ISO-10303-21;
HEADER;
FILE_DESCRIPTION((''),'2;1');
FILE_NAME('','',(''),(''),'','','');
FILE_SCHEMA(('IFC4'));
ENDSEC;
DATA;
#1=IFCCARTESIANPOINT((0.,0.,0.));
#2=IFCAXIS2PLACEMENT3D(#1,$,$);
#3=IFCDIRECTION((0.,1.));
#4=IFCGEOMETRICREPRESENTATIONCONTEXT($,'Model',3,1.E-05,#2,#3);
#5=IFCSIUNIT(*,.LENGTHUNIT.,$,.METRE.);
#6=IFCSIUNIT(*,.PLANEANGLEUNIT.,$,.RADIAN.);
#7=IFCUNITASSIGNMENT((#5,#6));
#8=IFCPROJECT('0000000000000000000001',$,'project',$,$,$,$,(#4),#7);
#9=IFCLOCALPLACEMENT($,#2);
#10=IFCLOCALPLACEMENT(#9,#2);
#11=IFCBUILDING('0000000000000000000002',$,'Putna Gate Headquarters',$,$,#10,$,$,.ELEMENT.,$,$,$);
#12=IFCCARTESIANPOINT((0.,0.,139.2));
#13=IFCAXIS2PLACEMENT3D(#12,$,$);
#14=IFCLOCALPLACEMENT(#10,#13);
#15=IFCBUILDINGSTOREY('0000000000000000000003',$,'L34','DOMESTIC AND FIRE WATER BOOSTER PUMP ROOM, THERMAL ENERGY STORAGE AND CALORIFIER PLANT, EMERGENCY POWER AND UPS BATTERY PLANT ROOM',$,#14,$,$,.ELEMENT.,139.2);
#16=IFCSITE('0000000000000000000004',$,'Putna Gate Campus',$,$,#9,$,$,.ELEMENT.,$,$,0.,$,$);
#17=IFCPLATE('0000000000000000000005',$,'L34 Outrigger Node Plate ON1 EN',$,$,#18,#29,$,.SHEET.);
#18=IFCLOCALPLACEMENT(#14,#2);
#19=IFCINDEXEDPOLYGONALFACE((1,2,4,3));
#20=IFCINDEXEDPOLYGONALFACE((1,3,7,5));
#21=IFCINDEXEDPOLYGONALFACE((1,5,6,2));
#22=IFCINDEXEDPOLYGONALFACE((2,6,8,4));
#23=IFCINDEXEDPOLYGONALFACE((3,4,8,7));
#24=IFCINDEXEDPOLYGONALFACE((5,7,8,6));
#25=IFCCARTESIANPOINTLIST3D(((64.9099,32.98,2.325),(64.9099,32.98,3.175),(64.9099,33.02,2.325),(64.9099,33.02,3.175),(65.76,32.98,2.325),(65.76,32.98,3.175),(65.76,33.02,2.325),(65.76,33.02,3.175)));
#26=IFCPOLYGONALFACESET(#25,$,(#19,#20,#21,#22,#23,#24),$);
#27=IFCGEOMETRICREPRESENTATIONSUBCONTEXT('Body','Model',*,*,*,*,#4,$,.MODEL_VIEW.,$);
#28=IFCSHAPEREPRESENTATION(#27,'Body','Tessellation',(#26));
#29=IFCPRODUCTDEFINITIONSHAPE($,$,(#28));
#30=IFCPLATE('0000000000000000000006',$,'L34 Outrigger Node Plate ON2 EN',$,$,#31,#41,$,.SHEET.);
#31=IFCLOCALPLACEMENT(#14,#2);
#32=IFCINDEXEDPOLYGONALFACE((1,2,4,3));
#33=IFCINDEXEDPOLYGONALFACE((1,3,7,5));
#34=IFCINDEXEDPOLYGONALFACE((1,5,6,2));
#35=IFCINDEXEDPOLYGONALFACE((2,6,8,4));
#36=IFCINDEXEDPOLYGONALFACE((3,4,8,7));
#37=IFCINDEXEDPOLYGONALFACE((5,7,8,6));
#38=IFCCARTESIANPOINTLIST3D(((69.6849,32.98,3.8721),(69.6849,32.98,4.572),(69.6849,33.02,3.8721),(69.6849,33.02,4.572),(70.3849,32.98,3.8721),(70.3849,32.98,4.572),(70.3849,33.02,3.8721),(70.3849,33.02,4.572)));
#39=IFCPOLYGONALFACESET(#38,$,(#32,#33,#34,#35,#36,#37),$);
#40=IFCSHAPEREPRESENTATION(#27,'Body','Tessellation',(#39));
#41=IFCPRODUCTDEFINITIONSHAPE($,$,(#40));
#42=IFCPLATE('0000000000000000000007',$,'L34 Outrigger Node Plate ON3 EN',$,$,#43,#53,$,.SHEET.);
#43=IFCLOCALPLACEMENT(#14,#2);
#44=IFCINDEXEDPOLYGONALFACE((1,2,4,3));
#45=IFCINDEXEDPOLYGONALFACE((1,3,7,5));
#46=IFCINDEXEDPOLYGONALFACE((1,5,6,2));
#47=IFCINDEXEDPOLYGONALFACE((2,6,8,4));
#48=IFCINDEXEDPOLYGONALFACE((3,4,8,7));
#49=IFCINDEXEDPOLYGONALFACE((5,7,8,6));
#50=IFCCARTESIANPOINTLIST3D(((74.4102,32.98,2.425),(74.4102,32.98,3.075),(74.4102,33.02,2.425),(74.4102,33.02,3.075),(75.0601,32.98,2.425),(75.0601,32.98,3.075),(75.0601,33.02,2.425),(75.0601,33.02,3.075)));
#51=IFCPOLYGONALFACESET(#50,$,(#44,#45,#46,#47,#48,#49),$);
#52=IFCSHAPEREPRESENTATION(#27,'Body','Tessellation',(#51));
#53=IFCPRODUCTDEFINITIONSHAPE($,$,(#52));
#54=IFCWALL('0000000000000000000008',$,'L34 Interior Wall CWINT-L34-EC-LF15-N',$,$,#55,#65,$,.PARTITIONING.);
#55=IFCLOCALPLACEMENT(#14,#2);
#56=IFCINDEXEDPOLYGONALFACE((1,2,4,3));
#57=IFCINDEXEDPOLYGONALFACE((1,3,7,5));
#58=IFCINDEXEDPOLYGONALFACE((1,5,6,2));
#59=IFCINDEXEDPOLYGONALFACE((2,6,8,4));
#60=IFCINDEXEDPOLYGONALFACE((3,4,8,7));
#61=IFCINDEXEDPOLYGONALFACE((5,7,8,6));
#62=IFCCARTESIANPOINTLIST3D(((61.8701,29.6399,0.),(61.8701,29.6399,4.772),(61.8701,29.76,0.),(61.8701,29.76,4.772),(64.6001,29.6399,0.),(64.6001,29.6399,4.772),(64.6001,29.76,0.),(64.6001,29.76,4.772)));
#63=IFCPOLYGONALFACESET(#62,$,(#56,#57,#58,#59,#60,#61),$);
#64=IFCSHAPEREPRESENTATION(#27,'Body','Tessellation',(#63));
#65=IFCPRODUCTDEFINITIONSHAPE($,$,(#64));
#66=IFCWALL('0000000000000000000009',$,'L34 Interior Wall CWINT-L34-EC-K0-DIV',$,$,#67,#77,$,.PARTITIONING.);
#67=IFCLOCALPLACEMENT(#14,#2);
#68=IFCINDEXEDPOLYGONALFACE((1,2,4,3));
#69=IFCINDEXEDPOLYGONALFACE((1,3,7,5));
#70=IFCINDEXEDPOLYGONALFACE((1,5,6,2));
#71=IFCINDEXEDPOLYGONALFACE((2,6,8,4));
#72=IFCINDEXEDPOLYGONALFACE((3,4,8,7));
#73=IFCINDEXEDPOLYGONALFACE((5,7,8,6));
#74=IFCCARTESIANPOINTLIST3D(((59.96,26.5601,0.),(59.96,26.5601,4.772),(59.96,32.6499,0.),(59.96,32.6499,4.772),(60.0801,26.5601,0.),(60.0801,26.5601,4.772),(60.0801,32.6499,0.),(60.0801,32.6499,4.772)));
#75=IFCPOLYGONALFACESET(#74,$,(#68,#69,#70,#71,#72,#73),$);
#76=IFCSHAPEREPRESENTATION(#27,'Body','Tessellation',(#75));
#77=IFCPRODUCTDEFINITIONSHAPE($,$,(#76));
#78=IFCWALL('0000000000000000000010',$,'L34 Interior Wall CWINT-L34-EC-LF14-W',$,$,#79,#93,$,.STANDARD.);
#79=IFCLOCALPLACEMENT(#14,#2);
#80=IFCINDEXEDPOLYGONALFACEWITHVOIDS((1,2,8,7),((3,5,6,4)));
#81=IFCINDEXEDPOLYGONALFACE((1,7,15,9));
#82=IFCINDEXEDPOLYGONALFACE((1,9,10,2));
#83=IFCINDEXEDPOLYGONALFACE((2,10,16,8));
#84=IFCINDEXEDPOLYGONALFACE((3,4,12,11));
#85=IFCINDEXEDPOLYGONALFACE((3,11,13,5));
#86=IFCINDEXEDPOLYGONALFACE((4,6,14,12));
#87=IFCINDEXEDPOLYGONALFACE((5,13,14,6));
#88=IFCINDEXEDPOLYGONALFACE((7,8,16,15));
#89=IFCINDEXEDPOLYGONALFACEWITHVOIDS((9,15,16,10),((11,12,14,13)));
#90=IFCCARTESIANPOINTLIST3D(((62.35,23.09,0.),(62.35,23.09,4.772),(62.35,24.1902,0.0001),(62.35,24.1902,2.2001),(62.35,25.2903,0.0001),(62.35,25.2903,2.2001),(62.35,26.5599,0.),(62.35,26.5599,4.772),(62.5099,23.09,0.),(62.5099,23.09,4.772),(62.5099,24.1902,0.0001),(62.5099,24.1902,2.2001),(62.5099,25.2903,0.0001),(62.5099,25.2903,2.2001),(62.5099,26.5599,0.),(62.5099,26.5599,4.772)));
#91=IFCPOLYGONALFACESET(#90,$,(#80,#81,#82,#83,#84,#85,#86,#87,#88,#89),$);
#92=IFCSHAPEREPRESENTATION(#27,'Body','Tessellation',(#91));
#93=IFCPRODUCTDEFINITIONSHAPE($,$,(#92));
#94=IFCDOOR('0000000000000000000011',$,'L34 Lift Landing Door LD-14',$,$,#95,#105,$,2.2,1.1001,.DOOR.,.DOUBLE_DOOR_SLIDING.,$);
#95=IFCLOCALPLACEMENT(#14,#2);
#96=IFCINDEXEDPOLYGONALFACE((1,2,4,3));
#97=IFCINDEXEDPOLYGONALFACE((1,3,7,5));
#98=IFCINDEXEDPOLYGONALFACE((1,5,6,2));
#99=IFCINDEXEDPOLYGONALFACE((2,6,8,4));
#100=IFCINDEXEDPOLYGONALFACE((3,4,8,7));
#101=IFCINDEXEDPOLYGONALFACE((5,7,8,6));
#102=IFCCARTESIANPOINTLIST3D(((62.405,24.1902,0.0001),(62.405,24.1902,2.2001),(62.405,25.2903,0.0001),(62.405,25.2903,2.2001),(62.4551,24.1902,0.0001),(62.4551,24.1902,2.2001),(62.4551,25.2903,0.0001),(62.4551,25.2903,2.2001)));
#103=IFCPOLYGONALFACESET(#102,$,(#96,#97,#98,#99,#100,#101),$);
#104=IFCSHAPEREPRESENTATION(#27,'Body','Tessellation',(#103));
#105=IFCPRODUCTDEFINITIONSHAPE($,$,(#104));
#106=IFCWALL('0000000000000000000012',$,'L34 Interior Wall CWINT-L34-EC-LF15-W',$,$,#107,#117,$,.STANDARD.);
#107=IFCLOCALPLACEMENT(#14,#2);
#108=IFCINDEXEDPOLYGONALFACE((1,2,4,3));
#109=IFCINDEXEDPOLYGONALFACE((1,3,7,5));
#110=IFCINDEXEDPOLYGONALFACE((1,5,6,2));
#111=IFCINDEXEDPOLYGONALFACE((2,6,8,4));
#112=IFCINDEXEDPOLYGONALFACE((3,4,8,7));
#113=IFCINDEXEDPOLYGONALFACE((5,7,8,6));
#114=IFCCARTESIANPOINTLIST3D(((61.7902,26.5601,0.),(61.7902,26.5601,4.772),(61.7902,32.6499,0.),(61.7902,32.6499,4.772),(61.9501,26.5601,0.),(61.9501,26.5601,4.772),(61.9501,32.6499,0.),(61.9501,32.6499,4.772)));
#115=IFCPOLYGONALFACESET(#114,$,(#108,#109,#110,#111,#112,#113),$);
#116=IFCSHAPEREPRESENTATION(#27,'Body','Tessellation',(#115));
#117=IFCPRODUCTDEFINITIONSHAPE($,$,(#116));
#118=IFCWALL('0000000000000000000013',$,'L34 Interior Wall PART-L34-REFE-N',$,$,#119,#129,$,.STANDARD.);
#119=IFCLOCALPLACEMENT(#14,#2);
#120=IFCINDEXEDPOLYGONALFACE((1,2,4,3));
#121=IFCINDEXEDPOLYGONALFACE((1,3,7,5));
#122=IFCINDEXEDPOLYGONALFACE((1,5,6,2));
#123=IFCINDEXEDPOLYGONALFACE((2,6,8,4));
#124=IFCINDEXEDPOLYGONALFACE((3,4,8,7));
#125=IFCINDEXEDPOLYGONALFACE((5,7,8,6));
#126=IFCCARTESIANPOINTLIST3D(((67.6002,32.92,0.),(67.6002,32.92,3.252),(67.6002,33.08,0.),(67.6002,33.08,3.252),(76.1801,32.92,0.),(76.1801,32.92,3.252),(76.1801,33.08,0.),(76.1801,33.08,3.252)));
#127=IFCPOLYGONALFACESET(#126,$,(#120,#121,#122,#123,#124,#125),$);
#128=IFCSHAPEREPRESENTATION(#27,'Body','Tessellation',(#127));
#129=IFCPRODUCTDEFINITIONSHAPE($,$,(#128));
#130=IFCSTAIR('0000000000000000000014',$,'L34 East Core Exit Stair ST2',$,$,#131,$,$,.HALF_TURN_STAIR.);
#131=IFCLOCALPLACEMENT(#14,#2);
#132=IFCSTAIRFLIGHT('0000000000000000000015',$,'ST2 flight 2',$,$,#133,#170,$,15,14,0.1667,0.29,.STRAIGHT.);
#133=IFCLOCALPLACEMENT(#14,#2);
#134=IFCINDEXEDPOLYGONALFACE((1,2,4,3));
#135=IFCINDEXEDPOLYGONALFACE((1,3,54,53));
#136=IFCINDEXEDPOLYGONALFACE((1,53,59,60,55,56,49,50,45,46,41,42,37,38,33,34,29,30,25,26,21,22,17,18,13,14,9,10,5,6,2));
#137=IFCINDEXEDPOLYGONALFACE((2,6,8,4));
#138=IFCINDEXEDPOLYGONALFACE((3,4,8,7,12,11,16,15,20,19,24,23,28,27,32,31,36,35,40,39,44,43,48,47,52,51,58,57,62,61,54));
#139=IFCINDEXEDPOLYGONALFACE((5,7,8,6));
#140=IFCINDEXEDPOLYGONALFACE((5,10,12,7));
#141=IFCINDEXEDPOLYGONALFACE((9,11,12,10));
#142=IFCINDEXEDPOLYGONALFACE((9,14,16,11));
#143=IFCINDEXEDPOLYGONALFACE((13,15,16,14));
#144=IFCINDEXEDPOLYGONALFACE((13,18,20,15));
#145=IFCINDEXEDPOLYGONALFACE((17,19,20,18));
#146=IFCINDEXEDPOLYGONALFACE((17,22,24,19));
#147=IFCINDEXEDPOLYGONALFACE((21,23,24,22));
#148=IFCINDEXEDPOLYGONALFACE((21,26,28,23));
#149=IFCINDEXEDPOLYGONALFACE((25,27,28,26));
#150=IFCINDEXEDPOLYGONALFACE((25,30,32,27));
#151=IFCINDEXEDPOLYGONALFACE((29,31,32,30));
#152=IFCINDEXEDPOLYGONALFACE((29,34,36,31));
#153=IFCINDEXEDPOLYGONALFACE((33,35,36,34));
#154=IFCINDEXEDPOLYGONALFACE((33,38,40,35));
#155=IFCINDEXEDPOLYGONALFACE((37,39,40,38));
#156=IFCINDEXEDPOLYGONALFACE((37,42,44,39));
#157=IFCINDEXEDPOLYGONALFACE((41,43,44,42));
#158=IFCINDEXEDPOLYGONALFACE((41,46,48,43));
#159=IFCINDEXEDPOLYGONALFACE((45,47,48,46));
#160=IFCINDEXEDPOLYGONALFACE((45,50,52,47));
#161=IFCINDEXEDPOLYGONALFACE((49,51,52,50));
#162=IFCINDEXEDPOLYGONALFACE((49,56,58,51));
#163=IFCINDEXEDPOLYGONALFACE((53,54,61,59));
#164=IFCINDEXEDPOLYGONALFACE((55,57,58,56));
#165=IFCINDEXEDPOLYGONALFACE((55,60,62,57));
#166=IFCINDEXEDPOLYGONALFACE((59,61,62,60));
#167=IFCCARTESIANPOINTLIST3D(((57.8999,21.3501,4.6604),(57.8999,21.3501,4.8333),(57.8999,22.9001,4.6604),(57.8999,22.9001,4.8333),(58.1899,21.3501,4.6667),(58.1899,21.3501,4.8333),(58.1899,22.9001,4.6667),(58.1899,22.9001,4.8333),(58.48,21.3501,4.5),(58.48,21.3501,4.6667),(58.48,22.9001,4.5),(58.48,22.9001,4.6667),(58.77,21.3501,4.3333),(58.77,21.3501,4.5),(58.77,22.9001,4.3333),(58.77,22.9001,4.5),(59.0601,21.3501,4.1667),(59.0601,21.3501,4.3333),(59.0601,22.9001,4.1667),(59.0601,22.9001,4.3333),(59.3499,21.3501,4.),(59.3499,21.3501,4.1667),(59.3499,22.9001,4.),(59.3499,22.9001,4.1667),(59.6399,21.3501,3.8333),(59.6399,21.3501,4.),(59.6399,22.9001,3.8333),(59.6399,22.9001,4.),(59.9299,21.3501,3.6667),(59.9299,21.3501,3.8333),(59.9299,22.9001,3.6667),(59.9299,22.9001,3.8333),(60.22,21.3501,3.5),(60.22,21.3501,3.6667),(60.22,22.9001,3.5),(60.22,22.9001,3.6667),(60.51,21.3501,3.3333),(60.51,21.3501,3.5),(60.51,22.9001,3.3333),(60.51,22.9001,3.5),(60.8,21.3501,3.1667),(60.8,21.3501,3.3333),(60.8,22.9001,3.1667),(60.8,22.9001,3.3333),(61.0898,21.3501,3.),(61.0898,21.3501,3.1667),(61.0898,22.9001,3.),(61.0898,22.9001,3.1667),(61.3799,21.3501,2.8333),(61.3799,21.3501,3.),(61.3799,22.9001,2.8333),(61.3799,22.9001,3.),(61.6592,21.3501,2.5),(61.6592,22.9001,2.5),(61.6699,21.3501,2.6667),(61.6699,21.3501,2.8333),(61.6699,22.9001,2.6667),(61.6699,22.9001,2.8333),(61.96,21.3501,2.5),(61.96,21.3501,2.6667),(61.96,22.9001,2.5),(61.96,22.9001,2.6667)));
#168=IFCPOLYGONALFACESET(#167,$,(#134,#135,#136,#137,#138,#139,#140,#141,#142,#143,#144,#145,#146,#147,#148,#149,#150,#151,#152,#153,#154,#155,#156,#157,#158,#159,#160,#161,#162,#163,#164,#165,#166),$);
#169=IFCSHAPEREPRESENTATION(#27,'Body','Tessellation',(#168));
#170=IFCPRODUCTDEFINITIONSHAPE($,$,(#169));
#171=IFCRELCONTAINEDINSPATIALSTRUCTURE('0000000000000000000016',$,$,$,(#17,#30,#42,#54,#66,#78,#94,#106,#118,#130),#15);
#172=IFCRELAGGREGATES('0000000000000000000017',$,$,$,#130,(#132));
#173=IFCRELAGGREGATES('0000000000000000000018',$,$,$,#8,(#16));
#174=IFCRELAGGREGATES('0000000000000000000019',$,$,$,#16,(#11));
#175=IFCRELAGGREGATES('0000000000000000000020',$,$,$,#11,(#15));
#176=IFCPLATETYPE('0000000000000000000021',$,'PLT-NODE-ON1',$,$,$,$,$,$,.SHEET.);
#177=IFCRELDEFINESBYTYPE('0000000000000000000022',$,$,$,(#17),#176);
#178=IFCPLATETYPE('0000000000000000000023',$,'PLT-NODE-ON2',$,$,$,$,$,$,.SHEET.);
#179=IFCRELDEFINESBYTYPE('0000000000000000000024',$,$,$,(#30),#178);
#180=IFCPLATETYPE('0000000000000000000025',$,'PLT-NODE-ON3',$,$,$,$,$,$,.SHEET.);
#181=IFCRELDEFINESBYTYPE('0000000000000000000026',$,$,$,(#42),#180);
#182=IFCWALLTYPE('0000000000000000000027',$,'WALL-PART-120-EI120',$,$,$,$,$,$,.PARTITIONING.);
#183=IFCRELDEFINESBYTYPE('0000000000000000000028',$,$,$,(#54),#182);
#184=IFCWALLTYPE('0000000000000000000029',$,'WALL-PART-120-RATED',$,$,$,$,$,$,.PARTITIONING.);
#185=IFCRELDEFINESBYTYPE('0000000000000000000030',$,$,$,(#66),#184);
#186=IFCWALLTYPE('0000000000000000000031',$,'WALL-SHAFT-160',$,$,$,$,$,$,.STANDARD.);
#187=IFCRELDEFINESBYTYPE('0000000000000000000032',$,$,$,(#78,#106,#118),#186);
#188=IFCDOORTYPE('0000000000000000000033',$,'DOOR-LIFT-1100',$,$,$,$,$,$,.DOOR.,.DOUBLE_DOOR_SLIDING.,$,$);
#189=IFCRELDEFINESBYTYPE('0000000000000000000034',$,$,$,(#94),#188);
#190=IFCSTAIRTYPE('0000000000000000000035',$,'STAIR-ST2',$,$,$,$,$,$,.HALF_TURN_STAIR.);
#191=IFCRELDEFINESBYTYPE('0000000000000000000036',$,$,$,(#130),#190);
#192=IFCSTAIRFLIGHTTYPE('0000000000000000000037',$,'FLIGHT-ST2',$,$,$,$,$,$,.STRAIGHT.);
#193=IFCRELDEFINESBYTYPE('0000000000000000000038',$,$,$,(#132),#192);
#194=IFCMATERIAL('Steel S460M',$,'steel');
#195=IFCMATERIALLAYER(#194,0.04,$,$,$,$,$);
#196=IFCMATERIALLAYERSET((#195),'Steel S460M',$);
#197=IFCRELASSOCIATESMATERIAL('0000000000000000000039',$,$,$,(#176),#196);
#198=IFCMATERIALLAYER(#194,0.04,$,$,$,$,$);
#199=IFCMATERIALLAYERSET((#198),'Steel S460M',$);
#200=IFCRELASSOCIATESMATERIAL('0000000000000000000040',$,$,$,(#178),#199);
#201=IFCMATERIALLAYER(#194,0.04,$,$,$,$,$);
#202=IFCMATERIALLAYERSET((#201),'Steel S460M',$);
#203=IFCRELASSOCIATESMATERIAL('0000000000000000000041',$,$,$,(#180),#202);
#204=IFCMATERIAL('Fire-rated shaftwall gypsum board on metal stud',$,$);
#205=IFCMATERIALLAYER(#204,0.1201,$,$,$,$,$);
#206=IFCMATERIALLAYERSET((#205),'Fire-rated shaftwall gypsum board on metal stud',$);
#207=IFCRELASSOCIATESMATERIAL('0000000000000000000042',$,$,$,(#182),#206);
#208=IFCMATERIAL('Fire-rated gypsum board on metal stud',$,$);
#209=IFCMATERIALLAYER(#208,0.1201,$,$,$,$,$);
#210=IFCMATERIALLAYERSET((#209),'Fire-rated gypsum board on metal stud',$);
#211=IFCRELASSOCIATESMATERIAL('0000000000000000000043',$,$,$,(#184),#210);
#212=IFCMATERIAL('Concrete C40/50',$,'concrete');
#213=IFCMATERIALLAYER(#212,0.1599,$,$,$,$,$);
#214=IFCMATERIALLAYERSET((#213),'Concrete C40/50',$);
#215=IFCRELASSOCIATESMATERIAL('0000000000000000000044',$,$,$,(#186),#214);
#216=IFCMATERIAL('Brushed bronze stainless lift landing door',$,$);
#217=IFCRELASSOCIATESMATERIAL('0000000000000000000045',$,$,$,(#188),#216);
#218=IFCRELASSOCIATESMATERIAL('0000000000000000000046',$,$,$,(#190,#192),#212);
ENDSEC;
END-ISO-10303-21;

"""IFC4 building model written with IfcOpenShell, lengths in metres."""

from ifc_helpers import new_model, si_unit, direction, frame, frame_2d, origin, origin_2d, place, context, subcontext, project, spatial, polyline, rectangle, outline, extrude, material, layer, layer_set, type_object, element, fill, aggregate, save


model = new_model("IFC4")

# Units and contexts
model_context = context("Model", 3, precision=1e-05, world=origin(), true_north=direction((0.0, 1.0)))
body_context = subcontext(model_context, "Body", "Model", "MODEL_VIEW")
ifc_project = project(units=[si_unit("LENGTHUNIT", "METRE"), si_unit("PLANEANGLEUNIT", "RADIAN")], contexts=[model_context])

# Site, building, storey
site_placement = place(None, origin())
site = spatial("IfcSite", under=ifc_project, at=site_placement, Name="Putna Gate Campus", CompositionType="ELEMENT", RefElevation=0.0)
building_placement = place(site_placement, origin())
building = spatial("IfcBuilding", under=site, at=building_placement, Name="Putna Gate Headquarters", CompositionType="ELEMENT")
storey_placement = place(building_placement, frame((0.0, 0.0, 139.2)))
storey = spatial("IfcBuildingStorey", under=building, at=storey_placement, Name="L34", Description="DOMESTIC AND FIRE WATER BOOSTER PUMP ROOM, THERMAL ENERGY STORAGE AND CALORIFIER PLANT, EMERGENCY POWER AND UPS BATTERY PLANT ROOM", CompositionType="ELEMENT", Elevation=139.2)

# Shared definitions
ifc_material_1 = material(Name="Steel S460M", Category="steel")

# Plates
ifc_layer_1 = layer(ifc_material_1, 0.04)
ifc_layer_set_1 = layer_set([ifc_layer_1], Name="Steel S460M")
plate_type_1 = type_object("IfcPlateType", Name="PLT-NODE-ON1", PredefinedType="SHEET", material=ifc_layer_set_1)
plate_1_placement = place(storey_placement, frame((65.335, 33.0, 2.325), z_axis=(0.0, 0.0, 1.0), x_axis=(1.0, 0.0, 0.0)))
element("IfcPlate", 1, at=plate_1_placement, inside=storey, type_object=plate_type_1, Name="L34 Outrigger Node Plate ON1 EN", PredefinedType="SHEET", context=body_context, shape_type="SweptSolid", body=[
    extrude(rectangle(XDim=0.8501, YDim=0.04, at=origin_2d()), origin(), (0.0, 0.0, 1.0), 0.8501),
])
ifc_layer_2 = layer(ifc_material_1, 0.04)
ifc_layer_set_2 = layer_set([ifc_layer_2], Name="Steel S460M")
plate_type_2 = type_object("IfcPlateType", Name="PLT-NODE-ON2", PredefinedType="SHEET", material=ifc_layer_set_2)
plate_2_placement = place(storey_placement, frame((70.0349, 33.0, 3.8721), z_axis=(0.0, 0.0, 1.0), x_axis=(1.0, 0.0, 0.0)))
element("IfcPlate", 2, at=plate_2_placement, inside=storey, type_object=plate_type_2, Name="L34 Outrigger Node Plate ON2 EN", PredefinedType="SHEET", context=body_context, shape_type="SweptSolid", body=[
    extrude(rectangle(XDim=0.7, YDim=0.04, at=origin_2d()), origin(), (0.0, 0.0, 1.0), 0.7),
])
ifc_layer_3 = layer(ifc_material_1, 0.04)
ifc_layer_set_3 = layer_set([ifc_layer_3], Name="Steel S460M")
plate_type_3 = type_object("IfcPlateType", Name="PLT-NODE-ON3", PredefinedType="SHEET", material=ifc_layer_set_3)
plate_3_placement = place(storey_placement, frame((74.7351, 33.0, 2.425), z_axis=(0.0, 0.0, 1.0), x_axis=(1.0, 0.0, 0.0)))
element("IfcPlate", 3, at=plate_3_placement, inside=storey, type_object=plate_type_3, Name="L34 Outrigger Node Plate ON3 EN", PredefinedType="SHEET", context=body_context, shape_type="SweptSolid", body=[
    extrude(rectangle(XDim=0.6499, YDim=0.04, at=origin_2d()), origin(), (0.0, 0.0, 1.0), 0.6499),
])

# Walls
ifc_material_2 = material(Name="Fire-rated shaftwall gypsum board on metal stud")
ifc_layer_4 = layer(ifc_material_2, 0.1201)
ifc_layer_set_4 = layer_set([ifc_layer_4], Name="Fire-rated shaftwall gypsum board on metal stud")
wall_type_1 = type_object("IfcWallType", Name="WALL-PART-120-EI120", PredefinedType="PARTITIONING", material=ifc_layer_set_4)
wall_1_placement = place(storey_placement, frame((61.8701, 29.7, 0.0), z_axis=(0.0, 0.0, 1.0), x_axis=(1.0, 0.0, 0.0)))
element("IfcWall", 4, at=wall_1_placement, inside=storey, type_object=wall_type_1, Name="L34 Interior Wall CWINT-L34-EC-LF15-N", PredefinedType="PARTITIONING", context=body_context, shape_type="SweptSolid", body=[
    extrude(rectangle(XDim=2.73, YDim=0.1201, at=frame_2d((1.365, 0.0))), origin(), (0.0, 0.0, 1.0), 4.772),
])
ifc_material_3 = material(Name="Fire-rated gypsum board on metal stud")
ifc_layer_5 = layer(ifc_material_3, 0.1201)
ifc_layer_set_5 = layer_set([ifc_layer_5], Name="Fire-rated gypsum board on metal stud")
wall_type_2 = type_object("IfcWallType", Name="WALL-PART-120-RATED", PredefinedType="PARTITIONING", material=ifc_layer_set_5)
wall_2_placement = place(storey_placement, frame((60.02, 26.5601, 0.0), z_axis=(0.0, 0.0, 1.0), x_axis=(0.0, 1.0, 0.0)))
element("IfcWall", 5, at=wall_2_placement, inside=storey, type_object=wall_type_2, Name="L34 Interior Wall CWINT-L34-EC-K0-DIV", PredefinedType="PARTITIONING", context=body_context, shape_type="SweptSolid", body=[
    extrude(rectangle(XDim=6.0898, YDim=0.1201, at=frame_2d((3.0449, 0.0))), origin(), (0.0, 0.0, 1.0), 4.772),
])

# Wall, opening, door
ifc_material_4 = material(Name="Concrete C40/50", Category="concrete")
ifc_layer_6 = layer(ifc_material_4, 0.1599)
ifc_layer_set_6 = layer_set([ifc_layer_6], Name="Concrete C40/50")
wall_type_3 = type_object("IfcWallType", Name="WALL-SHAFT-160", PredefinedType="STANDARD", material=ifc_layer_set_6)
wall_3_placement = place(storey_placement, frame((62.4299, 23.0901, 0.0), z_axis=(0.0, 0.0, 1.0), x_axis=(0.0, 1.0, 0.0)))
wall_3 = element("IfcWall", 6, at=wall_3_placement, inside=storey, type_object=wall_type_3, Name="L34 Interior Wall CWINT-L34-EC-LF14-W", PredefinedType="STANDARD", context=body_context, shape_type="SweptSolid", body=[
    extrude(rectangle(XDim=3.47, YDim=0.1599, at=frame_2d((1.7349, 0.0))), origin(), (0.0, 0.0, 1.0), 4.772),
])
opening_placement = place(wall_3_placement, frame((1.1001, 0.0, 0.0)))
opening = element("IfcOpeningElement", 7, at=opening_placement, cuts=wall_3, PredefinedType="OPENING", context=body_context, shape_type="SweptSolid", body=[
    extrude(rectangle(XDim=1.1001, YDim=2.2, at=frame_2d((0.55, 1.1001))), frame((0.0, 0.0898, 0.0), z_axis=(0.0, -1.0, 0.0), x_axis=(1.0, 0.0, 0.0)), (0.0, 0.0, 1.0), 0.1799),
])
ifc_material_5 = material(Name="Brushed bronze stainless lift landing door")
door_type = type_object("IfcDoorType", Name="DOOR-LIFT-1100", OperationType="DOUBLE_DOOR_SLIDING", PredefinedType="DOOR", material=ifc_material_5)
door_placement = place(opening_placement, origin())
door = element("IfcDoor", 8, at=door_placement, inside=storey, type_object=door_type, Name="L34 Lift Landing Door LD-14", OperationType="DOUBLE_DOOR_SLIDING", OverallHeight=2.2, OverallWidth=1.1001, PredefinedType="DOOR", context=body_context, shape_type="SweptSolid", body=[
    extrude(rectangle(XDim=1.1001, YDim=2.2, at=frame_2d((0.55, 1.1001))), frame((0.0, 0.0249, 0.0), z_axis=(0.0, -1.0, 0.0), x_axis=(1.0, 0.0, 0.0)), (0.0, 0.0, 1.0), 0.05),
])
fill(opening, door)

# Walls
wall_4_placement = place(storey_placement, frame((61.8701, 26.5601, 0.0), z_axis=(0.0, 0.0, 1.0), x_axis=(0.0, 1.0, 0.0)))
element("IfcWall", 9, at=wall_4_placement, inside=storey, type_object=wall_type_3, Name="L34 Interior Wall CWINT-L34-EC-LF15-W", PredefinedType="STANDARD", context=body_context, shape_type="SweptSolid", body=[
    extrude(rectangle(XDim=6.0898, YDim=0.1599, at=frame_2d((3.0449, 0.0))), origin(), (0.0, 0.0, 1.0), 4.772),
])
wall_5_placement = place(storey_placement, frame((67.6001, 33.0, 0.0), z_axis=(0.0, 0.0, 1.0), x_axis=(1.0, 0.0, 0.0)))
element("IfcWall", 10, at=wall_5_placement, inside=storey, type_object=wall_type_3, Name="L34 Interior Wall PART-L34-REFE-N", PredefinedType="STANDARD", context=body_context, shape_type="SweptSolid", body=[
    extrude(rectangle(XDim=8.5798, YDim=0.1599, at=frame_2d((4.29, 0.0))), origin(), (0.0, 0.0, 1.0), 3.252),
])

# Stair, stair flight
stair_type = type_object("IfcStairType", Name="STAIR-ST2", PredefinedType="HALF_TURN_STAIR", material=ifc_material_4)
stair_placement = place(storey_placement, origin())
stair = element("IfcStair", 11, at=stair_placement, inside=storey, type_object=stair_type, Name="L34 East Core Exit Stair ST2", PredefinedType="HALF_TURN_STAIR")
stair_flight_type = type_object("IfcStairFlightType", Name="FLIGHT-ST2", PredefinedType="STRAIGHT", material=ifc_material_4)
stair_flight_placement = place(storey_placement, frame((61.96, 22.125, 2.5), z_axis=(0.0, 0.0, 1.0), x_axis=(-1.0, 0.0, 0.0)))
stair_flight = element("IfcStairFlight", 12, at=stair_flight_placement, type_object=stair_flight_type, Name="ST2 flight 2", NumberOfRisers=15, NumberOfTreads=14, PredefinedType="STRAIGHT", RiserHeight=0.1667, TreadLength=0.29, context=body_context, shape_type="SweptSolid", body=[
    extrude(outline(polyline([(0.0, 0.0), (0.0, 0.1667), (0.29, 0.1667), (0.29, 0.3333), (0.5801, 0.3333), (0.5801, 0.5), (0.8701, 0.5), (0.8701, 0.6667), (1.1599, 0.6667), (1.1599, 0.8333), (1.45, 0.8333), (1.45, 1.0), (1.74, 1.0), (1.74, 1.1667), (2.03, 1.1667), (2.03, 1.3333), (2.3201, 1.3333), (2.3201, 1.5), (2.6101, 1.5), (2.6101, 1.6667), (2.8999, 1.6667), (2.8999, 1.8333), (3.1899, 1.8333), (3.1899, 2.0), (3.48, 2.0), (3.48, 2.1667), (3.77, 2.1667), (3.77, 2.3333), (4.0601, 2.3333), (4.0601, 2.5), (4.0601, 2.1604), (0.3008, 0.0), (0.0, 0.0)])), frame((0.0, 0.7749, 0.0), z_axis=(0.0, -1.0, 0.0), x_axis=(1.0, 0.0, 0.0)), (0.0, 0.0, 1.0), 1.55),
])
aggregate(stair, [stair_flight])

save(model, "model.ifc")
